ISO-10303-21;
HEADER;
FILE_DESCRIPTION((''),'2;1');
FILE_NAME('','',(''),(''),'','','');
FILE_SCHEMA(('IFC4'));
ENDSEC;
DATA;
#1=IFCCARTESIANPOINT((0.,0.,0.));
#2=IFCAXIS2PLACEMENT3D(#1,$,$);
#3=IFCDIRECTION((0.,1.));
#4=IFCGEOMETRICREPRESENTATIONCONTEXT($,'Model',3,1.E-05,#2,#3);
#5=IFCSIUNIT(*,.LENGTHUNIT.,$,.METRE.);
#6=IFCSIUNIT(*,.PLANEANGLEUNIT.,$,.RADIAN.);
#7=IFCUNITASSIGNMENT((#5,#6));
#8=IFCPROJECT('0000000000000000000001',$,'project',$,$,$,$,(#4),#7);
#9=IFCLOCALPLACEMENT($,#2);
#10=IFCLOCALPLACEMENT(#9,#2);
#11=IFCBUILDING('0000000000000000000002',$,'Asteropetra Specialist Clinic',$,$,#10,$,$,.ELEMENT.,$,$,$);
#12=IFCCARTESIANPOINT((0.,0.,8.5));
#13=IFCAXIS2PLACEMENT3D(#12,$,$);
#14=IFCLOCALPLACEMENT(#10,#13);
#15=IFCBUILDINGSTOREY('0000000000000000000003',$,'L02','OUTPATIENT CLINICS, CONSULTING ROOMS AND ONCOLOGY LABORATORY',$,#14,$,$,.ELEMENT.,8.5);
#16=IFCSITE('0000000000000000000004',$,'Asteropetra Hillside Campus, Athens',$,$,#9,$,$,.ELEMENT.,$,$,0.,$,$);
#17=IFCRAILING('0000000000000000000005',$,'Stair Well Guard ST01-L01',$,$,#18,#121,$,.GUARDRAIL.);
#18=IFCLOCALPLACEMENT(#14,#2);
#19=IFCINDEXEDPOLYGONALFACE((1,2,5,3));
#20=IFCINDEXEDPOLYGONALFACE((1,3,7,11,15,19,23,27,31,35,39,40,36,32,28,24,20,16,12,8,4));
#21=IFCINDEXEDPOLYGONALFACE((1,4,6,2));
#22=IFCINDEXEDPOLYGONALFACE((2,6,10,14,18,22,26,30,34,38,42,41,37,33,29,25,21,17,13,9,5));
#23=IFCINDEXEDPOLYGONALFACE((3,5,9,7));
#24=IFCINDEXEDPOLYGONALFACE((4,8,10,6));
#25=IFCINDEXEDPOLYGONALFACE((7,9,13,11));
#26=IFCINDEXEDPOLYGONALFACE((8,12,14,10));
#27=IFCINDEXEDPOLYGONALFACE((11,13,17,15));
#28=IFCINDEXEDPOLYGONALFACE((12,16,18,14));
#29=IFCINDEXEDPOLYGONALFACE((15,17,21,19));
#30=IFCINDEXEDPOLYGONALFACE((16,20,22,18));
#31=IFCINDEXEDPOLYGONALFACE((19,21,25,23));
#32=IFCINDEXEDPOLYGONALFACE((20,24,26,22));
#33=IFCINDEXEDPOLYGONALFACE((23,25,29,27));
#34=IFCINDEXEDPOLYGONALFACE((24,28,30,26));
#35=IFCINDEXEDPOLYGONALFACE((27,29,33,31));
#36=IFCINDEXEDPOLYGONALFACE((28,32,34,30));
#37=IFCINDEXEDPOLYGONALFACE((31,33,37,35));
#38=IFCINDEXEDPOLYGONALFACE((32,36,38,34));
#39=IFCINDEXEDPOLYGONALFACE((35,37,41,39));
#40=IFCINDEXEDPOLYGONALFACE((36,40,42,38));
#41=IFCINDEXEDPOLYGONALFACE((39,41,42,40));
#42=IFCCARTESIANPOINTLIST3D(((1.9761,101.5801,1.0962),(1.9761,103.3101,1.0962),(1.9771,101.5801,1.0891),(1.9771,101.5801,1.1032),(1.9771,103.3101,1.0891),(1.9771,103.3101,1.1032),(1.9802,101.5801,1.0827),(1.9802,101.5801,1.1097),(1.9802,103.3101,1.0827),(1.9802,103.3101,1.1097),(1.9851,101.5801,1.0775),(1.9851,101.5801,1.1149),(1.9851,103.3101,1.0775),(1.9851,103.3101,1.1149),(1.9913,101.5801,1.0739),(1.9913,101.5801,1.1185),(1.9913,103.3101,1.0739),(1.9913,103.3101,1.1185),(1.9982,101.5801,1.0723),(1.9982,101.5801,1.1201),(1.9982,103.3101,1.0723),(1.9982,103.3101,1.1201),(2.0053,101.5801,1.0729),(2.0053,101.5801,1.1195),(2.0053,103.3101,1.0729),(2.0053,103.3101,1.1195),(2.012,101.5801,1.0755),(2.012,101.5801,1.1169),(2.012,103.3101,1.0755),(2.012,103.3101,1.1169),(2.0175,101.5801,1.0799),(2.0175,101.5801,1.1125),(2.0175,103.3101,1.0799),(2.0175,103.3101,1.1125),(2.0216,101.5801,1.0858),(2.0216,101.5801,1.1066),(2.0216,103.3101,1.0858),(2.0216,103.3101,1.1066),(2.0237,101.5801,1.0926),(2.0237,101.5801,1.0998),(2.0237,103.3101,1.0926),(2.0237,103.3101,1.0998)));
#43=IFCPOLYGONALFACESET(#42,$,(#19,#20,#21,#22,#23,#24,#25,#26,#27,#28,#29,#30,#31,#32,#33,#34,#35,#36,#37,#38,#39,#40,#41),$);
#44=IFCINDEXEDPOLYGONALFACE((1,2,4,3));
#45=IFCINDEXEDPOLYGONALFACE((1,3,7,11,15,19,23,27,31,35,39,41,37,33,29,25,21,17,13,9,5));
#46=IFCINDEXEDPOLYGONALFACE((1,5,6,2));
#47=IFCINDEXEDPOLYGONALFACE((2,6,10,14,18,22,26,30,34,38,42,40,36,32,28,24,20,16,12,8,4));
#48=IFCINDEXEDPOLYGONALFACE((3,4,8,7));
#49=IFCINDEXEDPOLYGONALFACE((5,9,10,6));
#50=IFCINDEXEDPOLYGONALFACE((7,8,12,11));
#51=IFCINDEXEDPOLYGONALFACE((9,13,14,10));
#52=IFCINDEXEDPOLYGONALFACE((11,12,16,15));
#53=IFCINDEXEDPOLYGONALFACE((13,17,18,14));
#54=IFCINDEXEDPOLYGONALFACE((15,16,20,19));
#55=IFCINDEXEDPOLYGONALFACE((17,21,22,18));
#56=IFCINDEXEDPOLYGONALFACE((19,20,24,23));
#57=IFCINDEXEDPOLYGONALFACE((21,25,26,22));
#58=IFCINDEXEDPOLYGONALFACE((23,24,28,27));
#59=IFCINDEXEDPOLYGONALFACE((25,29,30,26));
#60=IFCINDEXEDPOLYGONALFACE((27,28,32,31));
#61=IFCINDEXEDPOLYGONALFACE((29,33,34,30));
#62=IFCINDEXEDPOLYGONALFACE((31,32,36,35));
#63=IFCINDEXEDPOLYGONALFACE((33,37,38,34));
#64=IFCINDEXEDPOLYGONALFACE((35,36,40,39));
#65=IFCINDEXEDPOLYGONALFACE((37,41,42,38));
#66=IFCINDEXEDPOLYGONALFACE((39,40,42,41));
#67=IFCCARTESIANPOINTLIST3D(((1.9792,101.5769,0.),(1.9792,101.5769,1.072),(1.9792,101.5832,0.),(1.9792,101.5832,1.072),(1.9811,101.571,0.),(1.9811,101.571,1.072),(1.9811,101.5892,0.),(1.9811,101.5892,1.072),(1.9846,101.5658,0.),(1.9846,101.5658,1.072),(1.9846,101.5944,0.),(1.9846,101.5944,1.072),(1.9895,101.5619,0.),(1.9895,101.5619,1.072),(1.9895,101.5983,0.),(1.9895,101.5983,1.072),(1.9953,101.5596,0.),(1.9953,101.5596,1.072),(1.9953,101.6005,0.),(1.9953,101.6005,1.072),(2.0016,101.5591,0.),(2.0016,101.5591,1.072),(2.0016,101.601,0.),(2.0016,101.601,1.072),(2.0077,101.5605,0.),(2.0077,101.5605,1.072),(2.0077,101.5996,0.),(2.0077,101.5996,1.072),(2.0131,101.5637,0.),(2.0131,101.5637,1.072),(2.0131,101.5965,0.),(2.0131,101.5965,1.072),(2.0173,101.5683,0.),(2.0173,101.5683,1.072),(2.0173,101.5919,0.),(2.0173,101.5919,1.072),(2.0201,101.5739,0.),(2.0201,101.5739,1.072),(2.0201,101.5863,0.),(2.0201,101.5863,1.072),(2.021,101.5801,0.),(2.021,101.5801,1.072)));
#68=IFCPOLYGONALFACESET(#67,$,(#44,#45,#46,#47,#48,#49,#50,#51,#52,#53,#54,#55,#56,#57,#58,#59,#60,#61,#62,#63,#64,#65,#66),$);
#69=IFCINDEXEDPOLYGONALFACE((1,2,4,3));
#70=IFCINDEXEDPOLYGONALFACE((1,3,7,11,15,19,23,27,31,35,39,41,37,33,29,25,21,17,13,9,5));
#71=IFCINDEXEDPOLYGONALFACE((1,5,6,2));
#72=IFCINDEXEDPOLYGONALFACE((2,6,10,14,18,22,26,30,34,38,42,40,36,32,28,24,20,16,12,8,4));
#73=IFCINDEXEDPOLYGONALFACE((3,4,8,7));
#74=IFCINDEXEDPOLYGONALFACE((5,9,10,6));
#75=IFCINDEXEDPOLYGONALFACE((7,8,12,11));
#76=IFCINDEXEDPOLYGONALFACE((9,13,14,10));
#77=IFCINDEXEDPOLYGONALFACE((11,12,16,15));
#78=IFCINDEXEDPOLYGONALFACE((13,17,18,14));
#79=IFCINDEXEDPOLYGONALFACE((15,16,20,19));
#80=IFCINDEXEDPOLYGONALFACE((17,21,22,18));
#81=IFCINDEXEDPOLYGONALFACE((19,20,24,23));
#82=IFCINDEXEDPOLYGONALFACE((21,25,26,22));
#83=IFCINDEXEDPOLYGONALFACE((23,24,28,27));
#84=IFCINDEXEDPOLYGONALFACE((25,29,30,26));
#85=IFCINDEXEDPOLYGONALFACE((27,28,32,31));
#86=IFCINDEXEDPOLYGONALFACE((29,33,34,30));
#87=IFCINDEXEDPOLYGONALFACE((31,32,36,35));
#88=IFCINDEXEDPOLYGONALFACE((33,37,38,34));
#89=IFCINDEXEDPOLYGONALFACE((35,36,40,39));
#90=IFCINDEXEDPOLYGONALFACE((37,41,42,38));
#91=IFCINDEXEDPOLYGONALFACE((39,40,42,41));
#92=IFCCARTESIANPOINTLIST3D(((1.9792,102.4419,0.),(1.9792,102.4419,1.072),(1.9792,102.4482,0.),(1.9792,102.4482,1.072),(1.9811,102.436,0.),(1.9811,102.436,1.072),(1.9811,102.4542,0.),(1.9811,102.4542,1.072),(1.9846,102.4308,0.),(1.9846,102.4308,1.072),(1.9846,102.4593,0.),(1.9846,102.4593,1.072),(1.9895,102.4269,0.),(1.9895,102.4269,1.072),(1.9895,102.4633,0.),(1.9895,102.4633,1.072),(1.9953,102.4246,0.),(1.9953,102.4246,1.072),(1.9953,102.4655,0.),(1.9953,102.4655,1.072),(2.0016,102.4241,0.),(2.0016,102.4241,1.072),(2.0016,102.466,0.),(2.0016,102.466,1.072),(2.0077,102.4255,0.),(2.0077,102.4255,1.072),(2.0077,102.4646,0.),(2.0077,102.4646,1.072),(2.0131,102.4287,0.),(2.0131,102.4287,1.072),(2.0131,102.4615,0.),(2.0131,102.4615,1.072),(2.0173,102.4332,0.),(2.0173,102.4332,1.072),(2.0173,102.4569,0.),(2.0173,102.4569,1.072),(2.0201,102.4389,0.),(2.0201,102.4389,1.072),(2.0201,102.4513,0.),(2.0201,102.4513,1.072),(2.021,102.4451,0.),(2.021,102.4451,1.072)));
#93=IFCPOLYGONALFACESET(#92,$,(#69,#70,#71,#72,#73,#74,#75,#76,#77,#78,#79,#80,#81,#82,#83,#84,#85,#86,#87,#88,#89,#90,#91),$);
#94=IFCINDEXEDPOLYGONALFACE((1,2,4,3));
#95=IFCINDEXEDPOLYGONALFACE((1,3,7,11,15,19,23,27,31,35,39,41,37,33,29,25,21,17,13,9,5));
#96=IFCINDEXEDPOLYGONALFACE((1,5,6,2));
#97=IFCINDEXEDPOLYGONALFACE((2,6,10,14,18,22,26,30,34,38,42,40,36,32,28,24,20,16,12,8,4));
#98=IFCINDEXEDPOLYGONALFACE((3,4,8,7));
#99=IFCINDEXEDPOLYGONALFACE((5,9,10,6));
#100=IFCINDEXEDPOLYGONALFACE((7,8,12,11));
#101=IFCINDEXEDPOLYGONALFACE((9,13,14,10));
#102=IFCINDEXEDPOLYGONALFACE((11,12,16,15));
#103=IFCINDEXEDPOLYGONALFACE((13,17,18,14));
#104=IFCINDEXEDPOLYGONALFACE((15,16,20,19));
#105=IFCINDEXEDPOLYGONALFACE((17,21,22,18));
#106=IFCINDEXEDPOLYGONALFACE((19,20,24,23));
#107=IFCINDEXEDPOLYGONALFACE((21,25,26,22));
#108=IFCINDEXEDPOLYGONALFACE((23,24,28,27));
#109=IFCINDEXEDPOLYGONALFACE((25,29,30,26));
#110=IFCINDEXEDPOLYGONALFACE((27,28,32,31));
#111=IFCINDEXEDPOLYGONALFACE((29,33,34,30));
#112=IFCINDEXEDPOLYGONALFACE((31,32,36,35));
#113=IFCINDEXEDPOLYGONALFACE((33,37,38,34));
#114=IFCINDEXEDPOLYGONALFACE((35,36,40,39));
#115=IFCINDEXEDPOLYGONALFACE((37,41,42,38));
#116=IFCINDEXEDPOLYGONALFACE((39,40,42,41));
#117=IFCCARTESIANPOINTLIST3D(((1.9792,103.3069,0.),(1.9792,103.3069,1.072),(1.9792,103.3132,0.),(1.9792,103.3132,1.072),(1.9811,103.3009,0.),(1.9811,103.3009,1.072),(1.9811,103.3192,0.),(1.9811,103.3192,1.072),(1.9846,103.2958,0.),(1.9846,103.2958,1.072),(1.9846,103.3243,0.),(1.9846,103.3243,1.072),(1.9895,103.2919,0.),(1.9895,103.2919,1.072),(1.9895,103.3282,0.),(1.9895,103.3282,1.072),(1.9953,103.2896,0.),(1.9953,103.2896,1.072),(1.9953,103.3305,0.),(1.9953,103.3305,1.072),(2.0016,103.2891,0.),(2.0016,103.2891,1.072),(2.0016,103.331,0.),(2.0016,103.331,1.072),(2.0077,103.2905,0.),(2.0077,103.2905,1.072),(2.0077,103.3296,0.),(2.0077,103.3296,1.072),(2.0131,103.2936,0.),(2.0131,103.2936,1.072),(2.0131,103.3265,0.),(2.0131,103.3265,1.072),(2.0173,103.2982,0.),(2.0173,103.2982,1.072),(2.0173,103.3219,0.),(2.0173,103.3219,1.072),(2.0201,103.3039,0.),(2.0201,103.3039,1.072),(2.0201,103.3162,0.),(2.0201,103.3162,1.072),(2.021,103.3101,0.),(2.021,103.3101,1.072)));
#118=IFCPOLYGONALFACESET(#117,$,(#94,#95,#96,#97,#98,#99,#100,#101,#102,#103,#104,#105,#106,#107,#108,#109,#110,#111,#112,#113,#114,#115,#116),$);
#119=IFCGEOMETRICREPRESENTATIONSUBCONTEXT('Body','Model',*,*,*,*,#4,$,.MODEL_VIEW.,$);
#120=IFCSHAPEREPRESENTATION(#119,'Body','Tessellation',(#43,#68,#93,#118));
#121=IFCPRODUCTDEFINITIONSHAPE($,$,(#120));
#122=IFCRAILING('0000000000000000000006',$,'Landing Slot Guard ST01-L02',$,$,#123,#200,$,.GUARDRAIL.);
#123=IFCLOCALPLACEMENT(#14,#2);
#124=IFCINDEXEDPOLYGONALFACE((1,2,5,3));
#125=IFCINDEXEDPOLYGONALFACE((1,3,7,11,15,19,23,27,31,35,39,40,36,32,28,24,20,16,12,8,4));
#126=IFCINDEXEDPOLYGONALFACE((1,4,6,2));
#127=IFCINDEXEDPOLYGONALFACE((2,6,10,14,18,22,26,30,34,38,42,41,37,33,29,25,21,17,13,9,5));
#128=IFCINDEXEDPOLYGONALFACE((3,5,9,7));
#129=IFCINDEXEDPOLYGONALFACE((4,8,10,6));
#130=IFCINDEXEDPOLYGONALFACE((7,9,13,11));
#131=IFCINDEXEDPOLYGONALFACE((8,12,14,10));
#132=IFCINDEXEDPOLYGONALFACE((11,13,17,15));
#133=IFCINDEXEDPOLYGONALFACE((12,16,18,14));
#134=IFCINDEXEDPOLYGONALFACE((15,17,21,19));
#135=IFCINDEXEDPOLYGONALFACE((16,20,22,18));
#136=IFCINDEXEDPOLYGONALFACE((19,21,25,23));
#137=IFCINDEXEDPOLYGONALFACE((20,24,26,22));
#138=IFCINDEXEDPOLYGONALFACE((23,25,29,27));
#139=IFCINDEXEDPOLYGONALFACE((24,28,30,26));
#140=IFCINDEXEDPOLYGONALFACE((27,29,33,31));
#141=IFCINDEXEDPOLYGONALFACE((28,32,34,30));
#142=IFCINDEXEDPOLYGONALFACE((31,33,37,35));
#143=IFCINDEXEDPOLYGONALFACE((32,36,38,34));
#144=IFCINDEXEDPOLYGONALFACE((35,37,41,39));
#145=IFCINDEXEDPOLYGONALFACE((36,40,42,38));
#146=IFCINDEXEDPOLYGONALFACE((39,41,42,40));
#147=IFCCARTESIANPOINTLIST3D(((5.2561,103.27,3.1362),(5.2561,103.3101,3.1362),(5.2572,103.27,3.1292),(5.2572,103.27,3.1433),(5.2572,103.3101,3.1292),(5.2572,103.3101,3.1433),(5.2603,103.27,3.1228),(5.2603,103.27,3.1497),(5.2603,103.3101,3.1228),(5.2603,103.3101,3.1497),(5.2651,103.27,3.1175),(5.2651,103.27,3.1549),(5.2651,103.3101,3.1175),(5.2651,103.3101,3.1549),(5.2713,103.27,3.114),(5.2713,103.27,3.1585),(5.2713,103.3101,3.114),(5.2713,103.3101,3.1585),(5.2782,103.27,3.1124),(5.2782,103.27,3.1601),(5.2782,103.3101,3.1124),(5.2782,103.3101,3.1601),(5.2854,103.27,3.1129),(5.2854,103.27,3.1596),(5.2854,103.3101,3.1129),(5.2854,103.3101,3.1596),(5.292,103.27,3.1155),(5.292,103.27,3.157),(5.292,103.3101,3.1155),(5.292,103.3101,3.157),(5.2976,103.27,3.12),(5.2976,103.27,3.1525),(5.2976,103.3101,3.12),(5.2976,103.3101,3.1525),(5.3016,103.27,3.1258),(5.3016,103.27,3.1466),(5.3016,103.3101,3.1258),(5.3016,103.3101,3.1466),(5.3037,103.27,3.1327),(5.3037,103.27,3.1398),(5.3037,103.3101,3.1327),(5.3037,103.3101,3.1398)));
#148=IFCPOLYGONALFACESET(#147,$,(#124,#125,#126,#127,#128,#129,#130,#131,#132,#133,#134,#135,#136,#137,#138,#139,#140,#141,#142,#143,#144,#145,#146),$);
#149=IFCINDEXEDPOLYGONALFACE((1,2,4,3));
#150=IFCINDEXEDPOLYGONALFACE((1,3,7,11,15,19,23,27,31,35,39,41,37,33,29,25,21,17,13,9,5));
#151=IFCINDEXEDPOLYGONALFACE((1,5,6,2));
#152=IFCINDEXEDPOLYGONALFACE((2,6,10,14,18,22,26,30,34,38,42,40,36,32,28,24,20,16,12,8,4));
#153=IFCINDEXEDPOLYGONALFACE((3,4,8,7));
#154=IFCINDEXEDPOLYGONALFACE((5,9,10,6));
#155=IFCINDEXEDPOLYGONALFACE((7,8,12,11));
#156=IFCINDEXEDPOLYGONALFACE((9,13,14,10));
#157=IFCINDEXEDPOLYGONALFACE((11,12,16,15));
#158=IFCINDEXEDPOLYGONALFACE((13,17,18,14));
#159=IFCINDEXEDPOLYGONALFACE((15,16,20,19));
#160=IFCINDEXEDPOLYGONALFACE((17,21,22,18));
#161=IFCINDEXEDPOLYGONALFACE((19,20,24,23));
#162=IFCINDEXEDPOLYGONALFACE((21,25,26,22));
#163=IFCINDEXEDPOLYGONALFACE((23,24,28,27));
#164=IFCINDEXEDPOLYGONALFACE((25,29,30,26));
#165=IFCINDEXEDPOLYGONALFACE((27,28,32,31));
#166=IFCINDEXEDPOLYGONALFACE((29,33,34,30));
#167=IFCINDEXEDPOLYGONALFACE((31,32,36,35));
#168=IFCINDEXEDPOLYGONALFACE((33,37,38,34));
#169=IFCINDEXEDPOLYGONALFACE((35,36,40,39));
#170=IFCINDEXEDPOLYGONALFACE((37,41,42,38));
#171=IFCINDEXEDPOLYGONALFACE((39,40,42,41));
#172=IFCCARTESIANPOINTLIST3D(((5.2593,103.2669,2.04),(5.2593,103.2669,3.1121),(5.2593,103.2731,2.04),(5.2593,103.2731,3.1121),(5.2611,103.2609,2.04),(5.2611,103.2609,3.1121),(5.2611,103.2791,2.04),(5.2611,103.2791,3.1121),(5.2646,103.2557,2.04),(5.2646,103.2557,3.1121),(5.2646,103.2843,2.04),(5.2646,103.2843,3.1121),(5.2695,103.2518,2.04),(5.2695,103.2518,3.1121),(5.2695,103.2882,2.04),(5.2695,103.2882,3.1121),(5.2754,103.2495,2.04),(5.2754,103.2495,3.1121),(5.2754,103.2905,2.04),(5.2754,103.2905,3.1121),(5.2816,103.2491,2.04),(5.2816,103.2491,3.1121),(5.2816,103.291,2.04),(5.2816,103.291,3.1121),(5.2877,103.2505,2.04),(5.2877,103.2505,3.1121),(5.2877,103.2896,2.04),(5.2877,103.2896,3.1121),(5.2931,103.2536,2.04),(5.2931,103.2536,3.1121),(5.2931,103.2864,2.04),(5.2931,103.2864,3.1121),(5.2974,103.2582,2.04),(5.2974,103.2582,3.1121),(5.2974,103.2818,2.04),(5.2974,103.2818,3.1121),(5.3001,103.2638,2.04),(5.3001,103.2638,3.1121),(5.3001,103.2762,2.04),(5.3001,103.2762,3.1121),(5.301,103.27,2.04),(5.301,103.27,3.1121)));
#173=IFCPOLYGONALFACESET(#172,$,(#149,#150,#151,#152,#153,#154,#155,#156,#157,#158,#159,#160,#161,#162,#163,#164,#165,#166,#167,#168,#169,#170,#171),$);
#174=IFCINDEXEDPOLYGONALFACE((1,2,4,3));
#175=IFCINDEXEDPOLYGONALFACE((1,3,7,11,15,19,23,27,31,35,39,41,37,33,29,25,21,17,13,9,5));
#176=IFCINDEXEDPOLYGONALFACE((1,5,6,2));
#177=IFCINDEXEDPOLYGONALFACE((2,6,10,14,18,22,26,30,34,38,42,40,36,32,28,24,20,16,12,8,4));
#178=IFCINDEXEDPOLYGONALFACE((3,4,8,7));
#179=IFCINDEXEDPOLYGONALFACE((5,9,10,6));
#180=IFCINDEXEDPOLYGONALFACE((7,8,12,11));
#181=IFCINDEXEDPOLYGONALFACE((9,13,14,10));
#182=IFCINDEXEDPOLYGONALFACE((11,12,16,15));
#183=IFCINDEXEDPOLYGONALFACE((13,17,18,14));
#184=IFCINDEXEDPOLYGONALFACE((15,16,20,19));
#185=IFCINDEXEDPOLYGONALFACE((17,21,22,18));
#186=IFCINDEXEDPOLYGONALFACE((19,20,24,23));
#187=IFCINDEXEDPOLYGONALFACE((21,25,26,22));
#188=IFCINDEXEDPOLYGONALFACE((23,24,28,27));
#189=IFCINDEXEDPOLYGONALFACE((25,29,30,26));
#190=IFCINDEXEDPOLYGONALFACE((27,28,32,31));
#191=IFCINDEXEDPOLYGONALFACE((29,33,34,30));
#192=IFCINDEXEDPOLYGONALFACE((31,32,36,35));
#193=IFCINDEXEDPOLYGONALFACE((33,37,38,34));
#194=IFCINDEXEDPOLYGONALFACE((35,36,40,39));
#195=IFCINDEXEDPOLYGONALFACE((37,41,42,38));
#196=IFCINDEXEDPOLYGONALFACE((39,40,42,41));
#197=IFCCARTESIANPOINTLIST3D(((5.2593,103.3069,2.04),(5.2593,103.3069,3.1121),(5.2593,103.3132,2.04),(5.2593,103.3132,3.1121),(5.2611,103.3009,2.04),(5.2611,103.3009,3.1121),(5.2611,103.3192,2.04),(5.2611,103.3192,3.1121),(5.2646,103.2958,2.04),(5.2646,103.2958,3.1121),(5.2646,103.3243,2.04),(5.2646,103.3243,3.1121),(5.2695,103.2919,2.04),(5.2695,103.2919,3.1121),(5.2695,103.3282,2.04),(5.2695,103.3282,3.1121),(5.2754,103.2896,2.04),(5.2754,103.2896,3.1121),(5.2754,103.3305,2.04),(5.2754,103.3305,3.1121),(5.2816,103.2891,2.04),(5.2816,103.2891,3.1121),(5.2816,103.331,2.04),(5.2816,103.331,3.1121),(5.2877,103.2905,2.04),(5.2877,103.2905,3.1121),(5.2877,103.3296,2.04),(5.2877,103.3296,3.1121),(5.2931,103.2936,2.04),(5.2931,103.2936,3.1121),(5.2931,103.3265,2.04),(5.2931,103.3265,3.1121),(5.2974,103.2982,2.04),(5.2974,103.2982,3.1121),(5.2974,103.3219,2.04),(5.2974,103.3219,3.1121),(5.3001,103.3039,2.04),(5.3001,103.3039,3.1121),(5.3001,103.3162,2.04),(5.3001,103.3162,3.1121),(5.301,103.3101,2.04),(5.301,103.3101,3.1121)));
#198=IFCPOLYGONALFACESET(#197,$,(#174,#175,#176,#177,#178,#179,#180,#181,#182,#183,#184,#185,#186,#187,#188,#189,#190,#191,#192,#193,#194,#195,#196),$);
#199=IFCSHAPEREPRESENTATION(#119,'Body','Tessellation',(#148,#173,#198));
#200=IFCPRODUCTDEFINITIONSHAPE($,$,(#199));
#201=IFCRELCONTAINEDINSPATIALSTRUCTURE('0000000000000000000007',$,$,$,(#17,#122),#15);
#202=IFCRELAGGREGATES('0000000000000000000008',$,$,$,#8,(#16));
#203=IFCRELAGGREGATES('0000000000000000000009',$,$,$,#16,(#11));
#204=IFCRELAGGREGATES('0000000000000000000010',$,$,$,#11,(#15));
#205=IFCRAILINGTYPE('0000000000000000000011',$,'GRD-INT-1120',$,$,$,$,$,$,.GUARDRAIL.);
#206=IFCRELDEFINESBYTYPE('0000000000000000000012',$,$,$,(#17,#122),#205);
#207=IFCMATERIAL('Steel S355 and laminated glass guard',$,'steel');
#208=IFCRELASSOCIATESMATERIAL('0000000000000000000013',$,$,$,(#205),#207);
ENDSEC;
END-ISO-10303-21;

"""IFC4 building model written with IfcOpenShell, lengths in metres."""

from ifc_helpers import new_model, si_unit, direction, frame, origin, origin_2d, place, context, subcontext, project, spatial, circle, extrude, material, type_object, element, save


model = new_model("IFC4")

# Units and contexts
model_context = context("Model", 3, precision=1e-05, world=origin(), true_north=direction((0.0, 1.0)))
body_context = subcontext(model_context, "Body", "Model", "MODEL_VIEW")
ifc_project = project(units=[si_unit("LENGTHUNIT", "METRE"), si_unit("PLANEANGLEUNIT", "RADIAN")], contexts=[model_context])

# Site, building, storey
site_placement = place(None, origin())
site = spatial("IfcSite", under=ifc_project, at=site_placement, Name="Asteropetra Hillside Campus, Athens", CompositionType="ELEMENT", RefElevation=0.0)
building_placement = place(site_placement, origin())
building = spatial("IfcBuilding", under=site, at=building_placement, Name="Asteropetra Specialist Clinic", CompositionType="ELEMENT")
storey_placement = place(building_placement, frame((0.0, 0.0, 8.5)))
storey = spatial("IfcBuildingStorey", under=building, at=storey_placement, Name="L02", Description="OUTPATIENT CLINICS, CONSULTING ROOMS AND ONCOLOGY LABORATORY", CompositionType="ELEMENT", Elevation=8.5)

# Railings
ifc_material_1 = material(Name="Steel S355 and laminated glass guard", Category="steel")
railing_type_1 = type_object("IfcRailingType", Name="GRD-INT-1120", PredefinedType="GUARDRAIL", material=ifc_material_1)
railing_1_placement = place(storey_placement, frame((2.0, 101.5801, 0.0)))
element("IfcRailing", 1, at=railing_1_placement, inside=storey, type_object=railing_type_1, Name="Stair Well Guard ST01-L01", PredefinedType="GUARDRAIL", context=body_context, shape_type="SweptSolid", body=[
    extrude(circle(Radius=0.0239, at=origin_2d()), frame((0.0, 0.0, 1.0962), z_axis=(0.0, 1.0, 0.0), x_axis=(-1.0, 0.0, 0.0)), (0.0, 0.0, 1.0), 1.73),
    extrude(circle(Radius=0.021, at=origin_2d()), origin(), (0.0, 0.0, 1.0), 1.072),
    extrude(circle(Radius=0.021, at=origin_2d()), frame((0.0, 0.865, 0.0)), (0.0, 0.0, 1.0), 1.072),
    extrude(circle(Radius=0.021, at=origin_2d()), frame((0.0, 1.73, 0.0)), (0.0, 0.0, 1.0), 1.072),
])
railing_2_placement = place(storey_placement, frame((5.28, 103.27, 2.04)))
element("IfcRailing", 2, at=railing_2_placement, inside=storey, type_object=railing_type_1, Name="Landing Slot Guard ST01-L02", PredefinedType="GUARDRAIL", context=body_context, shape_type="SweptSolid", body=[
    extrude(circle(Radius=0.0239, at=origin_2d()), frame((0.0, 0.0, 1.0962), z_axis=(0.0, 1.0, 0.0), x_axis=(-1.0, 0.0, 0.0)), (0.0, 0.0, 1.0), 0.04),
    extrude(circle(Radius=0.021, at=origin_2d()), origin(), (0.0, 0.0, 1.0), 1.072),
    extrude(circle(Radius=0.021, at=origin_2d()), frame((0.0, 0.04, 0.0)), (0.0, 0.0, 1.0), 1.072),
])

save(model, "model.ifc")
